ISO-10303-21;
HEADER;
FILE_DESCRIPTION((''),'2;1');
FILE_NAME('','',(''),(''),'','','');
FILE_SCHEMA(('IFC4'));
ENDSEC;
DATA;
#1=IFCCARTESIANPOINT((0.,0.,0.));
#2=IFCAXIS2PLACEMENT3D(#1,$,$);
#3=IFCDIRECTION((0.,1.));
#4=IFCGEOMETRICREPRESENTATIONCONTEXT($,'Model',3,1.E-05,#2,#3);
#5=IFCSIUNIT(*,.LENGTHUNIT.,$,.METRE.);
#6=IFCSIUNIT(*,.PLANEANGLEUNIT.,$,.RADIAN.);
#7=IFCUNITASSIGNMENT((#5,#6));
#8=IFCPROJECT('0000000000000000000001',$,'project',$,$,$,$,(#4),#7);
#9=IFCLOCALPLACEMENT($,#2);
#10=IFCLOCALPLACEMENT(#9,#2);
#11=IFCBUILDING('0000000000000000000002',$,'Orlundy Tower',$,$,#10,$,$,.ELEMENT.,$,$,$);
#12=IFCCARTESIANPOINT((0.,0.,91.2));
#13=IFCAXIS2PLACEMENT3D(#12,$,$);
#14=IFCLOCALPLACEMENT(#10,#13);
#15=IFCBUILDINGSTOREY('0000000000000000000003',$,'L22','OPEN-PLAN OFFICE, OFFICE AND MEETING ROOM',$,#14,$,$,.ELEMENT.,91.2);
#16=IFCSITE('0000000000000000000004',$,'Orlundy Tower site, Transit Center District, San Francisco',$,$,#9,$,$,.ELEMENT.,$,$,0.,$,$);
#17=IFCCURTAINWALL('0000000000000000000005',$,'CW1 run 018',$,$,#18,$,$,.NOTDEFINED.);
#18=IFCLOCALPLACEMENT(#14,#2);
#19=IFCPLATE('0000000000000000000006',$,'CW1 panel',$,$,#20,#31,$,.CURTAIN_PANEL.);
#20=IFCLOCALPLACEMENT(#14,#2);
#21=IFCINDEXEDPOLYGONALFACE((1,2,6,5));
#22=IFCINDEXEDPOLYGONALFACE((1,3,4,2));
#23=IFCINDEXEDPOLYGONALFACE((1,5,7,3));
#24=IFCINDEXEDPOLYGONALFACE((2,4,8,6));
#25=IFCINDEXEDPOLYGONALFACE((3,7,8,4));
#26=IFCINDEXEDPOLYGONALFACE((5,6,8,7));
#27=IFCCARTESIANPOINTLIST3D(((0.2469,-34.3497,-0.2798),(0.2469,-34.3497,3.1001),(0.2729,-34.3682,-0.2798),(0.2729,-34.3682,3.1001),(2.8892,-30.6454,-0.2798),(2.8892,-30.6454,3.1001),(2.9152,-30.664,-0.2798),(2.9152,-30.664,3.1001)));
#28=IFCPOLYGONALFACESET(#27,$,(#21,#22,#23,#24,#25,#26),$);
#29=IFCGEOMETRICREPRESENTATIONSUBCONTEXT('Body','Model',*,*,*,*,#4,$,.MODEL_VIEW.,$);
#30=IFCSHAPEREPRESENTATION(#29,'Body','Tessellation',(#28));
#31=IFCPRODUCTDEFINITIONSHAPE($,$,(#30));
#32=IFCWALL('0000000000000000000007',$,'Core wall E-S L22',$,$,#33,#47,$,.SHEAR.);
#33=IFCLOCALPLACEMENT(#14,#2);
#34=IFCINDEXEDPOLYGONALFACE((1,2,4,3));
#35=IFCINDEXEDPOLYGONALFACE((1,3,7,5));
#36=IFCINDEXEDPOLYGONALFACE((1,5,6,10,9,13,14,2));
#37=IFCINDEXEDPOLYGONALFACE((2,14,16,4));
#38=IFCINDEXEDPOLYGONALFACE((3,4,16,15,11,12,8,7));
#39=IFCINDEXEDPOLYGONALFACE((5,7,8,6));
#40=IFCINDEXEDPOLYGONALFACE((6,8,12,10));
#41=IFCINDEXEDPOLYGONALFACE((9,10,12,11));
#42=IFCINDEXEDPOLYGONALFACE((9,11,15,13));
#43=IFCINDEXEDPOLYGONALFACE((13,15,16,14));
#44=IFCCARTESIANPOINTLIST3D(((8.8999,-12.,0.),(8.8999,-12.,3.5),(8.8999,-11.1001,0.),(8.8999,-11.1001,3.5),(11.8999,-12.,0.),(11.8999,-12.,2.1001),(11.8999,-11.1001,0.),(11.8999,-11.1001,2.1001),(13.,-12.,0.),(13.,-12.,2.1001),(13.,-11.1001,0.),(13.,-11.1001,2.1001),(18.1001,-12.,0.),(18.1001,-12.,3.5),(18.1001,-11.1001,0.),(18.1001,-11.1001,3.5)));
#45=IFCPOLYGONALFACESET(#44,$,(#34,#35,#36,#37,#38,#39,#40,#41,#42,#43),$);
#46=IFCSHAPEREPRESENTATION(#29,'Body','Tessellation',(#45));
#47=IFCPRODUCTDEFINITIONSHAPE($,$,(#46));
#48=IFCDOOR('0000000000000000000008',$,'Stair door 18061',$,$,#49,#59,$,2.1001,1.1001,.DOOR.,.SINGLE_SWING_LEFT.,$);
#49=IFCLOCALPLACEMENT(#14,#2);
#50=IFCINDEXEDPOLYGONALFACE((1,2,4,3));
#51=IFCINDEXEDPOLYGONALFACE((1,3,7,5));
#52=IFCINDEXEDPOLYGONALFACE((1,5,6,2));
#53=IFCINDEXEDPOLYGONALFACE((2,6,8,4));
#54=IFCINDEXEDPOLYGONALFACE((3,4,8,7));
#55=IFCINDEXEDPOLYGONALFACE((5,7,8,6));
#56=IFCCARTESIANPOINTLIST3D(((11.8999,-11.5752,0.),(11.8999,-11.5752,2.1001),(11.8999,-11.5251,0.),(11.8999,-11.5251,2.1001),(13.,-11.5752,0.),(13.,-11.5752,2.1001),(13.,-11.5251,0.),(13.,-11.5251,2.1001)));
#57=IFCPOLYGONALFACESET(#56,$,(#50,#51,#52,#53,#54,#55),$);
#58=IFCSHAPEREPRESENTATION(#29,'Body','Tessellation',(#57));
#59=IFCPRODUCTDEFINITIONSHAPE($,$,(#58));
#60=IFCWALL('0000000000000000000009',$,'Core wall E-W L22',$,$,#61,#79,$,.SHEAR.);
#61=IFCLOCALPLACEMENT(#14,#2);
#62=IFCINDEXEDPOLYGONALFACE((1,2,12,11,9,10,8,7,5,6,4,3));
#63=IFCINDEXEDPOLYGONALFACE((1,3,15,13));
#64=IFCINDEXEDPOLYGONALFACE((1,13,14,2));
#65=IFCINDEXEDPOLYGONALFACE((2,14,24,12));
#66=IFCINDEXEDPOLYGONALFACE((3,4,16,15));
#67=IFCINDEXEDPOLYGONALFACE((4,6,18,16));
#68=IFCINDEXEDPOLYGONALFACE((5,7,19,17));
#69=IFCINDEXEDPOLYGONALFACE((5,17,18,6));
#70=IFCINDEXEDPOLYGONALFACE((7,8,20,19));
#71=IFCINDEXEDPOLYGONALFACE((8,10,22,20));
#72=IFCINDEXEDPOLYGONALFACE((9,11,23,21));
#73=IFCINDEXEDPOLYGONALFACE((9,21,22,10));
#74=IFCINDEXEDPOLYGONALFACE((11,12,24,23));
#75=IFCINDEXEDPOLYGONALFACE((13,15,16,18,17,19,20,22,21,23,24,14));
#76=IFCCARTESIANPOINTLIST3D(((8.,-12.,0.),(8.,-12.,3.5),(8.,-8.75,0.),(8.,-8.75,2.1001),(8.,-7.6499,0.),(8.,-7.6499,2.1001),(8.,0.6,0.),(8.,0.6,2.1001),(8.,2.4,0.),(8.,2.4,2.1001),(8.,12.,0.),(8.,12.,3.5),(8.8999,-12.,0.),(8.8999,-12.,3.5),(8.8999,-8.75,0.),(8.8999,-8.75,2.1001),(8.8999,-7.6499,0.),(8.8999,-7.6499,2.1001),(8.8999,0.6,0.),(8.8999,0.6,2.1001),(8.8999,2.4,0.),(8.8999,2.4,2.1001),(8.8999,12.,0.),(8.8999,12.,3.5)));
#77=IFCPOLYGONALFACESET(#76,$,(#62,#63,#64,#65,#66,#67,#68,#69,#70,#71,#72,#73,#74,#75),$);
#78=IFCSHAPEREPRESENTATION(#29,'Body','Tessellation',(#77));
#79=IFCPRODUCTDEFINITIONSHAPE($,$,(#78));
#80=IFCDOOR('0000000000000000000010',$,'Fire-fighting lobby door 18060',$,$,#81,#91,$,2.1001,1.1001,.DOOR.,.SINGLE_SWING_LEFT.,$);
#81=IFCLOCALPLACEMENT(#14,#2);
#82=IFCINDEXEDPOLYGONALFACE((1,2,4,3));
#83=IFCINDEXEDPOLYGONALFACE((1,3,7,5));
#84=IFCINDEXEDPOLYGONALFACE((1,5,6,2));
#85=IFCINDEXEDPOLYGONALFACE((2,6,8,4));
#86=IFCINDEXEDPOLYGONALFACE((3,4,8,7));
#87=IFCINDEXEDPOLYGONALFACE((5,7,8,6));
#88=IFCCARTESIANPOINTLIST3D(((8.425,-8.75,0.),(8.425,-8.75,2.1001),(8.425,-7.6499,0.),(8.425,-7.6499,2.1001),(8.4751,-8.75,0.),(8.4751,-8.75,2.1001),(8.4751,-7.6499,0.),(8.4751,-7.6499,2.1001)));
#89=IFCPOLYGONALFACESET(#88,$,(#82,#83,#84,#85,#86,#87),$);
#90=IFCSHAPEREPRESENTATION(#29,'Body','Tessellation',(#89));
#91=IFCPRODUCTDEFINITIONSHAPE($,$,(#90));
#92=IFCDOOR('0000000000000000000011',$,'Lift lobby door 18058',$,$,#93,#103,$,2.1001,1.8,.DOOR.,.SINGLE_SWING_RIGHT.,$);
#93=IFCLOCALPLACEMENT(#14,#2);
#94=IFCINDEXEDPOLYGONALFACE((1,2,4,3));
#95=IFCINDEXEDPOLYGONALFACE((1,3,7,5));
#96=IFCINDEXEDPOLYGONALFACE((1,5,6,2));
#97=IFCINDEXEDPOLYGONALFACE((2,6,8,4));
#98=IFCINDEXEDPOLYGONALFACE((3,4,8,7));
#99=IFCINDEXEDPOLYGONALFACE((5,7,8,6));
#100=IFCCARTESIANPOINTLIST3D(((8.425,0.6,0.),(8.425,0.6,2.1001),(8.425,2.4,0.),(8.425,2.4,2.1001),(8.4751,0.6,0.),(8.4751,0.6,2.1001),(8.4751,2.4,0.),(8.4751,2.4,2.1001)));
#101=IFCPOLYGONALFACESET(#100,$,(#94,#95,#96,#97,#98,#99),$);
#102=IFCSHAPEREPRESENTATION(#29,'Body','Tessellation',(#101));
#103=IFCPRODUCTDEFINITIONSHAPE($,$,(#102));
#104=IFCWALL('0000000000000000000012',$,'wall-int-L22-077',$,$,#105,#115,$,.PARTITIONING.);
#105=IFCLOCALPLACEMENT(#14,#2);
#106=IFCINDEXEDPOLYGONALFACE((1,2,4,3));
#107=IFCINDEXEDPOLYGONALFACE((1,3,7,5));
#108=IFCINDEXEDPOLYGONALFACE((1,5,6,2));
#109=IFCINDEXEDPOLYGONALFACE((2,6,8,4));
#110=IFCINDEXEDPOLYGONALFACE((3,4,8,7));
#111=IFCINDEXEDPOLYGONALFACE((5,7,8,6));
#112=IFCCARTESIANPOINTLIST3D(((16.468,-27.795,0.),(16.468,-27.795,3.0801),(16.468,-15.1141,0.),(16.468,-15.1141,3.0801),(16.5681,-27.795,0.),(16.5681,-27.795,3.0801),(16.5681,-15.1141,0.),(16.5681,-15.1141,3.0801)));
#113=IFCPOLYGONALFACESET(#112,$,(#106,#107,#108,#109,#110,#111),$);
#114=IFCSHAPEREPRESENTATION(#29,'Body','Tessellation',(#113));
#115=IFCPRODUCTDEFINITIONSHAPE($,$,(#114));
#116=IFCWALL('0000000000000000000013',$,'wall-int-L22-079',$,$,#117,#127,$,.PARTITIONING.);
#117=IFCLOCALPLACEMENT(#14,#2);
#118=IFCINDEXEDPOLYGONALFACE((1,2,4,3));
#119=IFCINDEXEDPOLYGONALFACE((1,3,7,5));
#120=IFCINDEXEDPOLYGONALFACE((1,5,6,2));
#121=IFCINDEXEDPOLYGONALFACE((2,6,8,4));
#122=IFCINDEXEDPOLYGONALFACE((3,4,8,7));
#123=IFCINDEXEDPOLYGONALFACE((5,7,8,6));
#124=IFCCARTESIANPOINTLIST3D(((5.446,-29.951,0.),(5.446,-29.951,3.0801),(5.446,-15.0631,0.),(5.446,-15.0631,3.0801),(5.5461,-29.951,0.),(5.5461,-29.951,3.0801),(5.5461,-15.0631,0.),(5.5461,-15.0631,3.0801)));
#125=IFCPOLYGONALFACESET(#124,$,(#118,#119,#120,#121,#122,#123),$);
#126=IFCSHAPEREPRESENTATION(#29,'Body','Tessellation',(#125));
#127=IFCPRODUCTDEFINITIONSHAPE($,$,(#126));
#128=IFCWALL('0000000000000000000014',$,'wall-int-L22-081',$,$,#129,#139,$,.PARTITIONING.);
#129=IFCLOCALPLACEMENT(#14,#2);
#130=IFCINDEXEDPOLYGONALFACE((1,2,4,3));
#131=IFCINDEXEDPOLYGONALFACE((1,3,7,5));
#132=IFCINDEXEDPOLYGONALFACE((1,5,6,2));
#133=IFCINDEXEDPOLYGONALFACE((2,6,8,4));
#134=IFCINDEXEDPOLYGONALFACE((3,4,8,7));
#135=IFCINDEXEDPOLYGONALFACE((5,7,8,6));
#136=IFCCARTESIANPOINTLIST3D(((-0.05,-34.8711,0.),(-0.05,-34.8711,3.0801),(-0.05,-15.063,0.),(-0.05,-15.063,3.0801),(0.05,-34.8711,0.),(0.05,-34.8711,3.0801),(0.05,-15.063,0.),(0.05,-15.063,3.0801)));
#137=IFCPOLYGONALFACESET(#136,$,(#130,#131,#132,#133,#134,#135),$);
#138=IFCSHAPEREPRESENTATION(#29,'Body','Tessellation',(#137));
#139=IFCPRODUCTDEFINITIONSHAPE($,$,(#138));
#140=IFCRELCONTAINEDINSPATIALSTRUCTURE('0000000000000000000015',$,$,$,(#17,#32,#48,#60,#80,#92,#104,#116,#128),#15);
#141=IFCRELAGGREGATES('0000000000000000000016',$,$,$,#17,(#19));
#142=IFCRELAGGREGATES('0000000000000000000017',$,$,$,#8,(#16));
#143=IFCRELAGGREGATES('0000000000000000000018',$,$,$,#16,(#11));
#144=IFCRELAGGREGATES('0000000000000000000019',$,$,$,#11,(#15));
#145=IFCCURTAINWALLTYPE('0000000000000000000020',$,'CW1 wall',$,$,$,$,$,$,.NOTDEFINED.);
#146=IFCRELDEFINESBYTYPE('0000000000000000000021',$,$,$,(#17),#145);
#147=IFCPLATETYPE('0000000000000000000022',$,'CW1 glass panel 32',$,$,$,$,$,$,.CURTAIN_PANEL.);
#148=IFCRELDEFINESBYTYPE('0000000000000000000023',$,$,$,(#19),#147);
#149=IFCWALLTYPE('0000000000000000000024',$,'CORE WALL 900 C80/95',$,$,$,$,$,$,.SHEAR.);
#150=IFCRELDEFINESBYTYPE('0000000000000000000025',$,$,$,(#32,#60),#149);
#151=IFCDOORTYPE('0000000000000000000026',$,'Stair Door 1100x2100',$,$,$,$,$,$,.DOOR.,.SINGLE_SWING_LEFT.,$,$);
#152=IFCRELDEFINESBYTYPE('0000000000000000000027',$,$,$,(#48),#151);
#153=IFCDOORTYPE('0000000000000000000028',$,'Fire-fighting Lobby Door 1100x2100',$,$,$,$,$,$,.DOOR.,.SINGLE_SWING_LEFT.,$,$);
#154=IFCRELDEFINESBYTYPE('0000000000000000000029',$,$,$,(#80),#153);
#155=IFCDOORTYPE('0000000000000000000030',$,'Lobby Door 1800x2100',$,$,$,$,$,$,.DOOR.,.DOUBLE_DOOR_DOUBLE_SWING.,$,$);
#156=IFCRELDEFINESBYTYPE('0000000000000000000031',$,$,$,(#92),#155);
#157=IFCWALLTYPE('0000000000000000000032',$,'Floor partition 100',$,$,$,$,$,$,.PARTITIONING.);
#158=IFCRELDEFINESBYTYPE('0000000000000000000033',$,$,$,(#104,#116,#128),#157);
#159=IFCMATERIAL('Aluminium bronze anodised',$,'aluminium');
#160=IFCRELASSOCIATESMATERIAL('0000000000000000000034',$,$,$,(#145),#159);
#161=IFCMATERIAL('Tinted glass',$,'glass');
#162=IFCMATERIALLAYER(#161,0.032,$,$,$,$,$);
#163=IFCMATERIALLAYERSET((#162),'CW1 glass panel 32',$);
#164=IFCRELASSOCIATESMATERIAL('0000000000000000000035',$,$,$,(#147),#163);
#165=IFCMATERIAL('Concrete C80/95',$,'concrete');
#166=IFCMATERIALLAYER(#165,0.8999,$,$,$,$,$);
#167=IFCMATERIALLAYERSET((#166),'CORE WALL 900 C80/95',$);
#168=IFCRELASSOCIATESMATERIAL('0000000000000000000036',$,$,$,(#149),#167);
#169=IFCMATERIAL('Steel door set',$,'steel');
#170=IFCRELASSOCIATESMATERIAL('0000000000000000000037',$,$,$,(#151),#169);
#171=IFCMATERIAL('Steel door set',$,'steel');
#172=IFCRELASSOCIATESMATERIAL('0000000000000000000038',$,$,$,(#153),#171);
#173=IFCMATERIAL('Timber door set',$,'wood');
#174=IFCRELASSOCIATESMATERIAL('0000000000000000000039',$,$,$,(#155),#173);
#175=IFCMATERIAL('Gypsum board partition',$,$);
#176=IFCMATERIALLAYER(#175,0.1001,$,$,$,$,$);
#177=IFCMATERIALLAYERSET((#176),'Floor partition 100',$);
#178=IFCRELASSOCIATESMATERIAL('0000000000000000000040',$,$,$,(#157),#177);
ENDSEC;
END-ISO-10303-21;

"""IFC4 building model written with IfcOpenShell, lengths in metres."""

from ifc_helpers import new_model, si_unit, direction, frame, frame_2d, origin, origin_2d, place, context, subcontext, project, spatial, rectangle, extrude, material, layer, layer_set, type_object, element, fill, aggregate, save


model = new_model("IFC4")

# Units and contexts
model_context = context("Model", 3, precision=1e-05, world=origin(), true_north=direction((0.0, 1.0)))
body_context = subcontext(model_context, "Body", "Model", "MODEL_VIEW")
ifc_project = project(units=[si_unit("LENGTHUNIT", "METRE"), si_unit("PLANEANGLEUNIT", "RADIAN")], contexts=[model_context])

# Site, building, storey
site_placement = place(None, origin())
site = spatial("IfcSite", under=ifc_project, at=site_placement, Name="Orlundy Tower site, Transit Center District, San Francisco", CompositionType="ELEMENT", RefElevation=0.0)
building_placement = place(site_placement, origin())
building = spatial("IfcBuilding", under=site, at=building_placement, Name="Orlundy Tower", CompositionType="ELEMENT")
storey_placement = place(building_placement, frame((0.0, 0.0, 91.2)))
storey = spatial("IfcBuildingStorey", under=building, at=storey_placement, Name="L22", Description="OPEN-PLAN OFFICE, OFFICE AND MEETING ROOM", CompositionType="ELEMENT", Elevation=91.2)

# Curtain wall
ifc_material_1 = material(Name="Aluminium bronze anodised", Category="aluminium")
curtain_wall_type = type_object("IfcCurtainWallType", Name="CW1 wall", PredefinedType="NOTDEFINED", material=ifc_material_1)
curtain_wall_1_placement = place(storey_placement, origin())
curtain_wall_1 = element("IfcCurtainWall", 1, at=curtain_wall_1_placement, inside=storey, type_object=curtain_wall_type, Name="CW1 run 018", PredefinedType="NOTDEFINED")

# Plate
ifc_material_2 = material(Name="Tinted glass", Category="glass")
ifc_layer_1 = layer(ifc_material_2, 0.032)
ifc_layer_set_1 = layer_set([ifc_layer_1], Name="CW1 glass panel 32")
plate_type = type_object("IfcPlateType", Name="CW1 glass panel 32", PredefinedType="CURTAIN_PANEL", material=ifc_layer_set_1)
plate_1_placement = place(storey_placement, frame((1.5811, -32.5068, -0.2798), z_axis=(0.0, 0.0, 1.0), x_axis=(-0.58071, -0.81411, 0.0)))
plate_1 = element("IfcPlate", 2, at=plate_1_placement, type_object=plate_type, Name="CW1 panel", PredefinedType="CURTAIN_PANEL", context=body_context, shape_type="SweptSolid", body=[
    extrude(rectangle(XDim=4.55, YDim=0.032, at=origin_2d()), origin(), (0.0, 0.0, 1.0), 3.3799),
])
aggregate(curtain_wall_1, [plate_1])

# Wall, opening, door
ifc_material_3 = material(Name="Concrete C80/95", Category="concrete")
ifc_layer_2 = layer(ifc_material_3, 0.8999)
ifc_layer_set_2 = layer_set([ifc_layer_2], Name="CORE WALL 900 C80/95")
wall_type_1 = type_object("IfcWallType", Name="CORE WALL 900 C80/95", PredefinedType="SHEAR", material=ifc_layer_set_2)
wall_1_placement = place(storey_placement, frame((8.8999, -11.55, 0.0), z_axis=(0.0, 0.0, 1.0), x_axis=(1.0, 0.0, 0.0)))
wall_1 = element("IfcWall", 3, at=wall_1_placement, inside=storey, type_object=wall_type_1, Name="Core wall E-S L22", PredefinedType="SHEAR", context=body_context, shape_type="SweptSolid", body=[
    extrude(rectangle(XDim=9.2002, YDim=0.8999, at=frame_2d((4.6001, 0.0))), origin(), (0.0, 0.0, 1.0), 3.5),
])
opening_1_placement = place(wall_1_placement, frame((3.0, 0.0, 0.0)))
opening_1 = element("IfcOpeningElement", 4, at=opening_1_placement, cuts=wall_1, PredefinedType="OPENING", context=body_context, shape_type="SweptSolid", body=[
    extrude(rectangle(XDim=1.1001, YDim=2.1001, at=frame_2d((0.55, 1.05))), frame((0.0, 0.46, 0.0), z_axis=(0.0, -1.0, 0.0), x_axis=(1.0, 0.0, 0.0)), (0.0, 0.0, 1.0), 0.9199),
])
ifc_material_4 = material(Name="Steel door set", Category="steel")
door_type_1 = type_object("IfcDoorType", Name="Stair Door 1100x2100", OperationType="SINGLE_SWING_LEFT", PredefinedType="DOOR", material=ifc_material_4)
door_1_placement = place(opening_1_placement, origin())
door_1 = element("IfcDoor", 5, at=door_1_placement, inside=storey, type_object=door_type_1, Name="Stair door 18061", OperationType="SINGLE_SWING_LEFT", OverallHeight=2.1001, OverallWidth=1.1001, PredefinedType="DOOR", context=body_context, shape_type="SweptSolid", body=[
    extrude(rectangle(XDim=1.1001, YDim=2.1001, at=frame_2d((0.55, 1.05))), frame((0.0, 0.0249, 0.0), z_axis=(0.0, -1.0, 0.0), x_axis=(1.0, 0.0, 0.0)), (0.0, 0.0, 1.0), 0.05),
])
fill(opening_1, door_1)

# Wall, openings, doors
wall_2_placement = place(storey_placement, frame((8.45, -12.0, 0.0), z_axis=(0.0, 0.0, 1.0), x_axis=(0.0, 1.0, 0.0)))
wall_2 = element("IfcWall", 6, at=wall_2_placement, inside=storey, type_object=wall_type_1, Name="Core wall E-W L22", PredefinedType="SHEAR", context=body_context, shape_type="SweptSolid", body=[
    extrude(rectangle(XDim=24.0, YDim=0.8999, at=frame_2d((12.0, 0.0))), origin(), (0.0, 0.0, 1.0), 3.5),
])
opening_2_placement = place(wall_2_placement, frame((12.6001, 0.0, 0.0)))
opening_2 = element("IfcOpeningElement", 7, at=opening_2_placement, cuts=wall_2, PredefinedType="OPENING", context=body_context, shape_type="SweptSolid", body=[
    extrude(rectangle(XDim=1.8, YDim=2.1001, at=frame_2d((0.8999, 1.05))), frame((0.0, 0.46, 0.0), z_axis=(0.0, -1.0, 0.0), x_axis=(1.0, 0.0, 0.0)), (0.0, 0.0, 1.0), 0.9199),
])
opening_3_placement = place(wall_2_placement, frame((3.25, 0.0, 0.0)))
opening_3 = element("IfcOpeningElement", 8, at=opening_3_placement, cuts=wall_2, PredefinedType="OPENING", context=body_context, shape_type="SweptSolid", body=[
    extrude(rectangle(XDim=1.1001, YDim=2.1001, at=frame_2d((0.55, 1.05))), frame((0.0, 0.46, 0.0), z_axis=(0.0, -1.0, 0.0), x_axis=(1.0, 0.0, 0.0)), (0.0, 0.0, 1.0), 0.9199),
])
ifc_material_5 = material(Name="Steel door set", Category="steel")
door_type_2 = type_object("IfcDoorType", Name="Fire-fighting Lobby Door 1100x2100", OperationType="SINGLE_SWING_LEFT", PredefinedType="DOOR", material=ifc_material_5)
door_2_placement = place(opening_3_placement, origin())
door_2 = element("IfcDoor", 9, at=door_2_placement, inside=storey, type_object=door_type_2, Name="Fire-fighting lobby door 18060", OperationType="SINGLE_SWING_LEFT", OverallHeight=2.1001, OverallWidth=1.1001, PredefinedType="DOOR", context=body_context, shape_type="SweptSolid", body=[
    extrude(rectangle(XDim=1.1001, YDim=2.1001, at=frame_2d((0.55, 1.05))), frame((0.0, 0.0249, 0.0), z_axis=(0.0, -1.0, 0.0), x_axis=(1.0, 0.0, 0.0)), (0.0, 0.0, 1.0), 0.05),
])
fill(opening_3, door_2)
ifc_material_6 = material(Name="Timber door set", Category="wood")
door_type_3 = type_object("IfcDoorType", Name="Lobby Door 1800x2100", OperationType="DOUBLE_DOOR_DOUBLE_SWING", PredefinedType="DOOR", material=ifc_material_6)
door_3_placement = place(opening_2_placement, origin())
door_3 = element("IfcDoor", 10, at=door_3_placement, inside=storey, type_object=door_type_3, Name="Lift lobby door 18058", OperationType="SINGLE_SWING_RIGHT", OverallHeight=2.1001, OverallWidth=1.8, PredefinedType="DOOR", context=body_context, shape_type="SweptSolid", body=[
    extrude(rectangle(XDim=1.8, YDim=2.1001, at=frame_2d((0.8999, 1.05))), frame((0.0, 0.0249, 0.0), z_axis=(0.0, -1.0, 0.0), x_axis=(1.0, 0.0, 0.0)), (0.0, 0.0, 1.0), 0.05),
])
fill(opening_2, door_3)

# Walls
ifc_material_7 = material(Name="Gypsum board partition")
ifc_layer_3 = layer(ifc_material_7, 0.1001)
ifc_layer_set_3 = layer_set([ifc_layer_3], Name="Floor partition 100")
wall_type_2 = type_object("IfcWallType", Name="Floor partition 100", PredefinedType="PARTITIONING", material=ifc_layer_set_3)
wall_3_placement = place(storey_placement, frame((16.5181, -27.7949, 0.0), z_axis=(0.0, 0.0, 1.0), x_axis=(0.0, 1.0, 0.0)))
element("IfcWall", 11, at=wall_3_placement, inside=storey, type_object=wall_type_2, Name="wall-int-L22-077", PredefinedType="PARTITIONING", context=body_context, shape_type="SweptSolid", body=[
    extrude(rectangle(XDim=12.6809, YDim=0.1001, at=frame_2d((6.3403, 0.0))), origin(), (0.0, 0.0, 1.0), 3.0801),
])
wall_4_placement = place(storey_placement, frame((5.4961, -29.9509, 0.0), z_axis=(0.0, 0.0, 1.0), x_axis=(0.0, 1.0, 0.0)))
element("IfcWall", 12, at=wall_4_placement, inside=storey, type_object=wall_type_2, Name="wall-int-L22-079", PredefinedType="PARTITIONING", context=body_context, shape_type="SweptSolid", body=[
    extrude(rectangle(XDim=14.8879, YDim=0.1001, at=frame_2d((7.4438, 0.0))), origin(), (0.0, 0.0, 1.0), 3.0801),
])
wall_5_placement = place(storey_placement, frame((0.0, -34.8711, 0.0), z_axis=(0.0, 0.0, 1.0), x_axis=(0.0, 1.0, 0.0)))
element("IfcWall", 13, at=wall_5_placement, inside=storey, type_object=wall_type_2, Name="wall-int-L22-081", PredefinedType="PARTITIONING", context=body_context, shape_type="SweptSolid", body=[
    extrude(rectangle(XDim=19.8081, YDim=0.1001, at=frame_2d((9.9041, 0.0))), origin(), (0.0, 0.0, 1.0), 3.0801),
])

save(model, "model.ifc")
